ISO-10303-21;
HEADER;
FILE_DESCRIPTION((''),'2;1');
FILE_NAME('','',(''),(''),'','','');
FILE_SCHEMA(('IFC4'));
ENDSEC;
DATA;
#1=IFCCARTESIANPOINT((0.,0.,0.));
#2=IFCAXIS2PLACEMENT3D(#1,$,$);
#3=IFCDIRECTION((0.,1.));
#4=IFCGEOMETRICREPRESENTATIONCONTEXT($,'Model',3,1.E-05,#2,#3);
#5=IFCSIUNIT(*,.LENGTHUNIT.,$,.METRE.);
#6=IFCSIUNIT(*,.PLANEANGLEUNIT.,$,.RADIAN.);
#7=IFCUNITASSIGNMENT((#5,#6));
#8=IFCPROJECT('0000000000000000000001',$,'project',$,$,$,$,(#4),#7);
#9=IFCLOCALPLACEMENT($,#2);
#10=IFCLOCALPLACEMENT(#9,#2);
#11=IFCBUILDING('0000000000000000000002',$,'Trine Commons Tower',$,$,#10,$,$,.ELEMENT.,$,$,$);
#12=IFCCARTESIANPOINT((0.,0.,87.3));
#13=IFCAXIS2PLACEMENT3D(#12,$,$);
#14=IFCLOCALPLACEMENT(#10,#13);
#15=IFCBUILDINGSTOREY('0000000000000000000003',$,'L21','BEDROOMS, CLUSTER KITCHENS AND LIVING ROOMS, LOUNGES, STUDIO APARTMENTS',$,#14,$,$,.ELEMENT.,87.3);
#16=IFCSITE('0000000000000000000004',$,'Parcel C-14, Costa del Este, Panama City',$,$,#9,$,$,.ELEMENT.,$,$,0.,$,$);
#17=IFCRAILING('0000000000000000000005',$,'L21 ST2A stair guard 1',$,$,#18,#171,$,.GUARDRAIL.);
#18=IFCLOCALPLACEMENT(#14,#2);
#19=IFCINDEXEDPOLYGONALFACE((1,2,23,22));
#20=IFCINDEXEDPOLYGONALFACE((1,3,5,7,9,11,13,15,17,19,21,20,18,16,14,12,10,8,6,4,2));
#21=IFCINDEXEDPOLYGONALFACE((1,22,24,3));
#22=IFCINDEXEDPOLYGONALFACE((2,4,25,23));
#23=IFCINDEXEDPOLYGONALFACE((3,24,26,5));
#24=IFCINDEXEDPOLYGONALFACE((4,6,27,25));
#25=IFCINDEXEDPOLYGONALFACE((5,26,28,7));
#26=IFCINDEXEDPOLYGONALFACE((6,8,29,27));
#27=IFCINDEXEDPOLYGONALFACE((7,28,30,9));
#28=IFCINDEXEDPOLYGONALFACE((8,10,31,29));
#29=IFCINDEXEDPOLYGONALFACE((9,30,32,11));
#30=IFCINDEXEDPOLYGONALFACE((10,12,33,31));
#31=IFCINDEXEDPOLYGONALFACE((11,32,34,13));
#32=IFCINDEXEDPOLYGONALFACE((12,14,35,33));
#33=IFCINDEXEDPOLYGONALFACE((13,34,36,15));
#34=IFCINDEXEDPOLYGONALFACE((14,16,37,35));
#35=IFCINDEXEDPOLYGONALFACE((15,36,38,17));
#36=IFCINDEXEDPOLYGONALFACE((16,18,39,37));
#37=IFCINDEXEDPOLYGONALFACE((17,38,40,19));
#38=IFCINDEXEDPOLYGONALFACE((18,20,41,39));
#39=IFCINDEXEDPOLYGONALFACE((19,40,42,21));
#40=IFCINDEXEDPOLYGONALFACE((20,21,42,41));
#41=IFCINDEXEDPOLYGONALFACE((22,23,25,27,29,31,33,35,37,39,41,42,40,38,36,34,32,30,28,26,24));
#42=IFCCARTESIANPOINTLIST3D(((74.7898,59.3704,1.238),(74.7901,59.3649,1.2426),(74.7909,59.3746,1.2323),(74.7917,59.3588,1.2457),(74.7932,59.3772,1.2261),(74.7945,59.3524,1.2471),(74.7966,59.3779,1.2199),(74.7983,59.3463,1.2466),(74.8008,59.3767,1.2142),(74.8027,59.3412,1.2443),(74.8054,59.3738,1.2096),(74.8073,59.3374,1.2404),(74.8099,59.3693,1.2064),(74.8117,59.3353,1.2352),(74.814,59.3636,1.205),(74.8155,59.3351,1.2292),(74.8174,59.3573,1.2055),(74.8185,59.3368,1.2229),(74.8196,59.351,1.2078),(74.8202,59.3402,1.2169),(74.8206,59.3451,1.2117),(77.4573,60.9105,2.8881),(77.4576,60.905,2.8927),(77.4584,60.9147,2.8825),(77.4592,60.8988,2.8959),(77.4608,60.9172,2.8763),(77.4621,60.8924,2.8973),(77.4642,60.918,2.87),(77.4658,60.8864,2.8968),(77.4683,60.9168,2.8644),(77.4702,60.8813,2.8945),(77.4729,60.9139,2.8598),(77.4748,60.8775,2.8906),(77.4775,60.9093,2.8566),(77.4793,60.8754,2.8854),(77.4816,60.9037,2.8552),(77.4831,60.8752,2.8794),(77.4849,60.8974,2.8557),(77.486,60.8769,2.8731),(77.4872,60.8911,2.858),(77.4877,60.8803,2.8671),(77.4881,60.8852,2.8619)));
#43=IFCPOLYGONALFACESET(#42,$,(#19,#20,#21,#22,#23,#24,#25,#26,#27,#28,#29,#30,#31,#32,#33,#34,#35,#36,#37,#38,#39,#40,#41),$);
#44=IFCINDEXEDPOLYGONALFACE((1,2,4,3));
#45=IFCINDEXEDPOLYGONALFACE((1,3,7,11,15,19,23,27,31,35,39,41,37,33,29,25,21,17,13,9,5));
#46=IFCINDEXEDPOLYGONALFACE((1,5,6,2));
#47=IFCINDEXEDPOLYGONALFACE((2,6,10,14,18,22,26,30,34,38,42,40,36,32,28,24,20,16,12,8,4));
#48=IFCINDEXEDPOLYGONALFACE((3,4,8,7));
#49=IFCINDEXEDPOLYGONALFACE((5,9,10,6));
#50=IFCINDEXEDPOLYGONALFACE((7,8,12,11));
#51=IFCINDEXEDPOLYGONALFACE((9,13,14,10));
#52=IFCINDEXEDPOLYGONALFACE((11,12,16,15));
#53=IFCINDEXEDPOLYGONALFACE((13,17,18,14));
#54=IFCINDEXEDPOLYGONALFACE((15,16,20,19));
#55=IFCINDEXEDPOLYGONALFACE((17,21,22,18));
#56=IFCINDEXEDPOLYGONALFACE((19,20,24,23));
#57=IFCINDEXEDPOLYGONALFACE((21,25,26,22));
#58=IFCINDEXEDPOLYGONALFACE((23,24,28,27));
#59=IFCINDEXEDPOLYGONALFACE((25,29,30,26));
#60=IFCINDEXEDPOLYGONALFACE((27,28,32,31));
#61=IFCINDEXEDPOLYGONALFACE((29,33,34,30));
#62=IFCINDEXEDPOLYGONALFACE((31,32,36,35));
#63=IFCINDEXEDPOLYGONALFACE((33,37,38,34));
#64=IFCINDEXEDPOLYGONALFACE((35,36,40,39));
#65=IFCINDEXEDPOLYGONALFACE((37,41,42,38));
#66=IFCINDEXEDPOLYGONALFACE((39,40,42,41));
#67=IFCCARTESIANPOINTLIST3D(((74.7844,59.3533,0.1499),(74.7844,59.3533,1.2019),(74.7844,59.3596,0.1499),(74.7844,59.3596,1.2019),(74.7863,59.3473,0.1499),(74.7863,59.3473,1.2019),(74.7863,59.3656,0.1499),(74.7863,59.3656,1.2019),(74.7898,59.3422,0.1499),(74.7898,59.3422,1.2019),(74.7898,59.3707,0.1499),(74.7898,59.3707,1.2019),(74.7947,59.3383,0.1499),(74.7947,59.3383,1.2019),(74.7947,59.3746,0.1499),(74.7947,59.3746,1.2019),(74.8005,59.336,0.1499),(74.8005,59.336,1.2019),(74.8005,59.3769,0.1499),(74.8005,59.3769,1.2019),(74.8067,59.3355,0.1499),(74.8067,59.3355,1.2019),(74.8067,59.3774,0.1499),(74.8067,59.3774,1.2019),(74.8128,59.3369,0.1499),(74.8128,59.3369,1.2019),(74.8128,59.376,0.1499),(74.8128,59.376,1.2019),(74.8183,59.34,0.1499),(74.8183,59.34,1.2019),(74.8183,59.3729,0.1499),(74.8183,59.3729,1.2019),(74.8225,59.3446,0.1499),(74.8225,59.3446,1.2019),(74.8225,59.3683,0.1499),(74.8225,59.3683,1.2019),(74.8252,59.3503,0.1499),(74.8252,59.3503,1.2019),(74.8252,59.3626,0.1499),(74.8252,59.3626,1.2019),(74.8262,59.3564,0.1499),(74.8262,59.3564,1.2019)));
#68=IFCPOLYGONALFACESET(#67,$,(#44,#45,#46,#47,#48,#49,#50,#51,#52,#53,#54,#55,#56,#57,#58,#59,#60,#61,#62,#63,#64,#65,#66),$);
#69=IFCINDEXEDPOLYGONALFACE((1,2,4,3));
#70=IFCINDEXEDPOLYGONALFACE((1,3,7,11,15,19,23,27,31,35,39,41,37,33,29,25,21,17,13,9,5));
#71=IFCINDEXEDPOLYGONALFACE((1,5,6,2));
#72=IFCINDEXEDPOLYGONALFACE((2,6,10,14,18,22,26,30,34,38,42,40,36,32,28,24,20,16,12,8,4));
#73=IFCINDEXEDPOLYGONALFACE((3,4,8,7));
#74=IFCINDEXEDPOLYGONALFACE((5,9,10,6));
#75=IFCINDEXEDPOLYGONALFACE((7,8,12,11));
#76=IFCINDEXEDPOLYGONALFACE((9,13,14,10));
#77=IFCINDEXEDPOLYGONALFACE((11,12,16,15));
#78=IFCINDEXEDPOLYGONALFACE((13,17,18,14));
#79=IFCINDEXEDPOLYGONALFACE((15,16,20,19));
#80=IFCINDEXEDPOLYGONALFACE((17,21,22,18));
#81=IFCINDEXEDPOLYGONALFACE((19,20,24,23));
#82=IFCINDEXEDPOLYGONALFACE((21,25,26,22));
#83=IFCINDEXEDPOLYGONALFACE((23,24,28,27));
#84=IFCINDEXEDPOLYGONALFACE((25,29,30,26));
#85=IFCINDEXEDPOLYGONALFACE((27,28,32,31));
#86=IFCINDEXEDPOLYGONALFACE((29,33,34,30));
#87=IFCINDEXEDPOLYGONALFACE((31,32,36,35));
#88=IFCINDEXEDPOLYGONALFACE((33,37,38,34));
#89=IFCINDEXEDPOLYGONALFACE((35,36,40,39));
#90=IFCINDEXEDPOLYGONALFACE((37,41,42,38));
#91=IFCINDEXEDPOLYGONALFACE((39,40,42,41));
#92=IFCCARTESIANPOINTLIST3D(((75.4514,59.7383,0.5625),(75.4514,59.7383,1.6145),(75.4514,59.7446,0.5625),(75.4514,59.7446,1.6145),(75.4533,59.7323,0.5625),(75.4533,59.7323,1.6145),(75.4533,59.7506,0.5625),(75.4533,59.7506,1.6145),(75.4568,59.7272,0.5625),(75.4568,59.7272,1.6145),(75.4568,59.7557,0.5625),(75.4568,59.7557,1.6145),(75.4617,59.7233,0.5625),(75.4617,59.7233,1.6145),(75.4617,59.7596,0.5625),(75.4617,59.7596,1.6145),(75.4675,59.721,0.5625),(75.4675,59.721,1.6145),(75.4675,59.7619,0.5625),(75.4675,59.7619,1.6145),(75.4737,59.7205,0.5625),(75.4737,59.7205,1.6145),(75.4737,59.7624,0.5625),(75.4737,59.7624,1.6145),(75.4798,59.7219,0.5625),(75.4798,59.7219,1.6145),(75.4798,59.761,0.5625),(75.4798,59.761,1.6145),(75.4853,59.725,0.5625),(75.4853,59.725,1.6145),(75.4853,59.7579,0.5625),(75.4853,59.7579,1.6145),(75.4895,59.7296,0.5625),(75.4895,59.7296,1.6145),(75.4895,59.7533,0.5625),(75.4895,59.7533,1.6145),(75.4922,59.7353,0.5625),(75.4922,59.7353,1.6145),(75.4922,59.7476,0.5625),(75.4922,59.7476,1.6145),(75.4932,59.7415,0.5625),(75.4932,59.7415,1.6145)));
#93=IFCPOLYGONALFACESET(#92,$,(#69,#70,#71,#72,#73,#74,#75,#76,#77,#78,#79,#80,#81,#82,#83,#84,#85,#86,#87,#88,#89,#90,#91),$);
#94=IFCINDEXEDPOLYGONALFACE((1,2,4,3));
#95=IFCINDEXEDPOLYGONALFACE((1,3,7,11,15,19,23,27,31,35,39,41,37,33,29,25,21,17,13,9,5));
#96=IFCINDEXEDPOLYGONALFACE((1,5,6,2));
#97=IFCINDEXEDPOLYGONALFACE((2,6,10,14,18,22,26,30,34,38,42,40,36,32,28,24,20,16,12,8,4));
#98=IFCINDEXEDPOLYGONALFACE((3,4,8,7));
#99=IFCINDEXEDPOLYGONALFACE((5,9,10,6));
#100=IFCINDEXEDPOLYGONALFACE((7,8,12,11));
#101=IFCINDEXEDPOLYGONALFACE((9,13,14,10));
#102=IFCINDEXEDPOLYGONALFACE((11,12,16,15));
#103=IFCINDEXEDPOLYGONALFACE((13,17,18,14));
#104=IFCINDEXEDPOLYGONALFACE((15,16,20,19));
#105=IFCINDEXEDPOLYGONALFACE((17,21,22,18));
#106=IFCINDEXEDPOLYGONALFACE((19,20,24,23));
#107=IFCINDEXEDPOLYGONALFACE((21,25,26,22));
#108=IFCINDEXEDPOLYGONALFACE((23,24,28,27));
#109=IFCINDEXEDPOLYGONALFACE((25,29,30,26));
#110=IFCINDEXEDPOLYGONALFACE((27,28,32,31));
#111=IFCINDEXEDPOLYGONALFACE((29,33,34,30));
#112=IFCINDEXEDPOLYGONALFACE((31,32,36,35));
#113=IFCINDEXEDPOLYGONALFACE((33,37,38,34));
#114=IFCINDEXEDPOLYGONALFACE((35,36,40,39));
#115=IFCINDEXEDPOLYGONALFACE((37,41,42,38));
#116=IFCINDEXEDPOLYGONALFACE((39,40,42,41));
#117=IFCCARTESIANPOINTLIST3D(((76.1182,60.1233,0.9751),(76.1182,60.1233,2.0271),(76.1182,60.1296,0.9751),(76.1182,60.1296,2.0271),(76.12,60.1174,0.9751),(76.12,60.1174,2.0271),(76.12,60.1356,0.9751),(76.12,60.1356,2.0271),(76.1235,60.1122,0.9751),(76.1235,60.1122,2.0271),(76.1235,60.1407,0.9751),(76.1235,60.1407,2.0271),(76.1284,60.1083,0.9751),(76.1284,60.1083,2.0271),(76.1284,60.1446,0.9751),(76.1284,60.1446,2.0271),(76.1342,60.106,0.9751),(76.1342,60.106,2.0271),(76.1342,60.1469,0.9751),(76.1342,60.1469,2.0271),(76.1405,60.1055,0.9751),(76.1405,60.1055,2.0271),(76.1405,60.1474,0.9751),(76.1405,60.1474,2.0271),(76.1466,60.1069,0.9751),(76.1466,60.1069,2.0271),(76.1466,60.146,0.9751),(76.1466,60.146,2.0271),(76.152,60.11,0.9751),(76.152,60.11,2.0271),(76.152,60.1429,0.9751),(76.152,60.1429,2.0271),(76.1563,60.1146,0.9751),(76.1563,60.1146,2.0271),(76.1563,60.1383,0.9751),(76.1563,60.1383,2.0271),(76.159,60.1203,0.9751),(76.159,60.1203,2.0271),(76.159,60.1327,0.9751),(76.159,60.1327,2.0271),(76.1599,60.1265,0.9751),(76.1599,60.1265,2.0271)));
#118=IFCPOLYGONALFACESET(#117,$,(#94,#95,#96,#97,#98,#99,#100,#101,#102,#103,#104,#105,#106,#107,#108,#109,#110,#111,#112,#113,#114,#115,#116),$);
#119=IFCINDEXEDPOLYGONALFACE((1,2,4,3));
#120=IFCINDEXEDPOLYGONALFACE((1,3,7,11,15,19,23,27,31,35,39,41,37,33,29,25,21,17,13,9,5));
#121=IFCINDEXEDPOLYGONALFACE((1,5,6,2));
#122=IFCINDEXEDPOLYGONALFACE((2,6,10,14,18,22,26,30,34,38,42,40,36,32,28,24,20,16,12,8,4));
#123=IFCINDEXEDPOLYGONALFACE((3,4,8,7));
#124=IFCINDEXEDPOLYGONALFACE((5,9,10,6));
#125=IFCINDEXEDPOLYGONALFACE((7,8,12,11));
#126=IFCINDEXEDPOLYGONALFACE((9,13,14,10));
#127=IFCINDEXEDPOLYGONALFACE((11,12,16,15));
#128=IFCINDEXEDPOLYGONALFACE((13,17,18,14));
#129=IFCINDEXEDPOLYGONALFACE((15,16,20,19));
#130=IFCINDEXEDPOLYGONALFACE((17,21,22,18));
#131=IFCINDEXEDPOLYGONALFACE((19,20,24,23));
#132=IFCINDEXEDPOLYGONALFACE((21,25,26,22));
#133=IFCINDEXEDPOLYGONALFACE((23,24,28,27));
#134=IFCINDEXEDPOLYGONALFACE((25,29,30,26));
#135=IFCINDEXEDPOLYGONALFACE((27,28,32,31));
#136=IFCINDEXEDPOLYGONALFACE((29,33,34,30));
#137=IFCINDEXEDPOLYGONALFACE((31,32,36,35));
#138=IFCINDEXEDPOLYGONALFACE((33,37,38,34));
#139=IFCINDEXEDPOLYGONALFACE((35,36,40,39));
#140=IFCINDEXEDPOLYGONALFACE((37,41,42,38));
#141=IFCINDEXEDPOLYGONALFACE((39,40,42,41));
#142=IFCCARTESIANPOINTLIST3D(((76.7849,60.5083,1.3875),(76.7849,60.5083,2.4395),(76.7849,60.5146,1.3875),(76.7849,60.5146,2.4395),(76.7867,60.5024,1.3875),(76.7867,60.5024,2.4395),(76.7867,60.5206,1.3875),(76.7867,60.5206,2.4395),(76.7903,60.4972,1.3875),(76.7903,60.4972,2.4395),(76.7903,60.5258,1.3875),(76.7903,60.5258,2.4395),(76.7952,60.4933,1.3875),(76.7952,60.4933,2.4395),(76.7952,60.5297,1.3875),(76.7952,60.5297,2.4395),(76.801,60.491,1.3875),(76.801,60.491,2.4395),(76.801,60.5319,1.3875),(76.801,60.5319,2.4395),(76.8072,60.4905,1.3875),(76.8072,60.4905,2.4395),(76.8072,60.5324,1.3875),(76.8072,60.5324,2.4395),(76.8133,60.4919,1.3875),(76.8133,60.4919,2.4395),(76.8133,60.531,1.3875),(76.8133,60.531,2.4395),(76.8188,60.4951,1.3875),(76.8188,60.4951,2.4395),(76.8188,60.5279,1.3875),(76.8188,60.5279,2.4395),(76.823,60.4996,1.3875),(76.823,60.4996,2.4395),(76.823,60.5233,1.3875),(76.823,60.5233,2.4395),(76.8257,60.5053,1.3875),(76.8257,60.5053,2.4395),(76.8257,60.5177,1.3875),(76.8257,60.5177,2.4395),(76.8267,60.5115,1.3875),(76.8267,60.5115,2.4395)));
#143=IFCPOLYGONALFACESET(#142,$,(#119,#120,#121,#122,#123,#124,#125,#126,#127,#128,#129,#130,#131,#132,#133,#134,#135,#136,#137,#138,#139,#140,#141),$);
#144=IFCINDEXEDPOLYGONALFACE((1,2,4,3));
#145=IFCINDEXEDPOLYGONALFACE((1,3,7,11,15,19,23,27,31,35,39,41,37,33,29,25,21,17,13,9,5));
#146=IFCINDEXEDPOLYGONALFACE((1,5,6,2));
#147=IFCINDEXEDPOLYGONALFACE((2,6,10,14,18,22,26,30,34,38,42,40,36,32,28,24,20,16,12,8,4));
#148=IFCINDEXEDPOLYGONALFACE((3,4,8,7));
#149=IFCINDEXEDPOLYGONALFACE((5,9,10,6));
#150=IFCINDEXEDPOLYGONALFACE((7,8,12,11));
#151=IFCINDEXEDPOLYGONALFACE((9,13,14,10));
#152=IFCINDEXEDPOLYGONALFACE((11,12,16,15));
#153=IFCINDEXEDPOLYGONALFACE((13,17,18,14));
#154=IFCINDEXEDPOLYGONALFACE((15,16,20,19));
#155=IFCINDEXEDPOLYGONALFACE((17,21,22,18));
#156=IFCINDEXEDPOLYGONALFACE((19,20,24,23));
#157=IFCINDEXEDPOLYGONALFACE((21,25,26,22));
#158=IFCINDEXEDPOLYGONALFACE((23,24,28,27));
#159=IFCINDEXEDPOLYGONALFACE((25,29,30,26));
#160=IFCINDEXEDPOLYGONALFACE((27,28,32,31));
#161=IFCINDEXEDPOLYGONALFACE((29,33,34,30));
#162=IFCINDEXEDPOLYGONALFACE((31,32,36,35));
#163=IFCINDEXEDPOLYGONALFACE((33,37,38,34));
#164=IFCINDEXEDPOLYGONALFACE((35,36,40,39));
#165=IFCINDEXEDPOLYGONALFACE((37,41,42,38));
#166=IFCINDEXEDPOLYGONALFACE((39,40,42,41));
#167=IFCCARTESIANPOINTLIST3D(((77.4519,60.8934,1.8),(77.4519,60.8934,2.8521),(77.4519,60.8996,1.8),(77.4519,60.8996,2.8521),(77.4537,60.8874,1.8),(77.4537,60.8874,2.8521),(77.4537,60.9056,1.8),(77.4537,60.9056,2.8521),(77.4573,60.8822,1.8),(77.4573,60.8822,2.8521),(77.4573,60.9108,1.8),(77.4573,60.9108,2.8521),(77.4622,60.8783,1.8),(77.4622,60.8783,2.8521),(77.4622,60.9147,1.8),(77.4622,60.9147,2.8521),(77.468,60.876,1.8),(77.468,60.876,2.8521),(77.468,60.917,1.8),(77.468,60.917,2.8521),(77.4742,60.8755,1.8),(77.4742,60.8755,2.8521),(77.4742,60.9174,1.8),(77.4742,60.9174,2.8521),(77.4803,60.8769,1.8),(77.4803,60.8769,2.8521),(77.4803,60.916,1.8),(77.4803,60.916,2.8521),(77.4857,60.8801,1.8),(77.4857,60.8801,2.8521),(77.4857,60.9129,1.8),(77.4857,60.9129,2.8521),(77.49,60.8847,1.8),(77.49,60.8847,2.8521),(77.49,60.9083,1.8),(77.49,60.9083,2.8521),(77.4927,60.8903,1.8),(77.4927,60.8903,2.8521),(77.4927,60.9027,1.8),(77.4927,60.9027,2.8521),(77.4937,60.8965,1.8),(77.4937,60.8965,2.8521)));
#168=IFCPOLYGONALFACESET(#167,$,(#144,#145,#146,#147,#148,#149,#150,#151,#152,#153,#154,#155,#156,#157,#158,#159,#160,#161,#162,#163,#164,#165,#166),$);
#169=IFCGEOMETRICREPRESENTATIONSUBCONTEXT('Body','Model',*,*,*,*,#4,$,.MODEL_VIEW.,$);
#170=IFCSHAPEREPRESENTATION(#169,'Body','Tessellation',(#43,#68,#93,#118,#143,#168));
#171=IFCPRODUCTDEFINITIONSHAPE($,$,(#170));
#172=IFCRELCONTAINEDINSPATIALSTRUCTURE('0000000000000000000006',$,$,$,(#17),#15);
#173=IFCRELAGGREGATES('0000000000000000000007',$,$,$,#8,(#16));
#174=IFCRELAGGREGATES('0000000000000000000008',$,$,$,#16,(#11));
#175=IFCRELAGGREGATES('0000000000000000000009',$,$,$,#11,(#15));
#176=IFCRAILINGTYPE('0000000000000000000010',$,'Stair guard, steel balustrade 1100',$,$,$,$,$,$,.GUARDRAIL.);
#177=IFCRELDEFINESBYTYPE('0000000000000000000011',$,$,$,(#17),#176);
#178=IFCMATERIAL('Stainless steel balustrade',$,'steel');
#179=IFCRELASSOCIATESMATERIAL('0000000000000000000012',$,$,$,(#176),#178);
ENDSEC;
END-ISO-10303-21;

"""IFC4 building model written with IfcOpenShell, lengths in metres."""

from ifc_helpers import new_model, si_unit, direction, frame, origin, origin_2d, place, context, subcontext, project, spatial, circle, extrude, material, type_object, element, save


model = new_model("IFC4")

# Units and contexts
model_context = context("Model", 3, precision=1e-05, world=origin(), true_north=direction((0.0, 1.0)))
body_context = subcontext(model_context, "Body", "Model", "MODEL_VIEW")
ifc_project = project(units=[si_unit("LENGTHUNIT", "METRE"), si_unit("PLANEANGLEUNIT", "RADIAN")], contexts=[model_context])

# Site, building, storey
site_placement = place(None, origin())
site = spatial("IfcSite", under=ifc_project, at=site_placement, Name="Parcel C-14, Costa del Este, Panama City", CompositionType="ELEMENT", RefElevation=0.0)
building_placement = place(site_placement, origin())
building = spatial("IfcBuilding", under=site, at=building_placement, Name="Trine Commons Tower", CompositionType="ELEMENT")
storey_placement = place(building_placement, frame((0.0, 0.0, 87.3)))
storey = spatial("IfcBuildingStorey", under=building, at=storey_placement, Name="L21", Description="BEDROOMS, CLUSTER KITCHENS AND LIVING ROOMS, LOUNGES, STUDIO APARTMENTS", CompositionType="ELEMENT", Elevation=87.3)

# Railing
ifc_material_1 = material(Name="Stainless steel balustrade", Category="steel")
railing_type_1 = type_object("IfcRailingType", Name="Stair guard, steel balustrade 1100", PredefinedType="GUARDRAIL", material=ifc_material_1)
railing_1_placement = place(storey_placement, frame((74.8052, 59.3564, 0.1499)))
element("IfcRailing", 1, at=railing_1_placement, inside=storey, type_object=railing_type_1, Name="L21 ST2A stair guard 1", PredefinedType="GUARDRAIL", context=body_context, shape_type="SweptSolid", body=[
    extrude(circle(Radius=0.0239, at=origin_2d()), frame((0.0, 0.0, 1.0762), z_axis=(0.76338, 0.440728, 0.472239), x_axis=(-0.499992, 0.86603, 0.0)), (0.0, 0.0, 1.0), 3.4944),
    extrude(circle(Radius=0.021, at=origin_2d()), origin(), (0.0, 0.0, 1.0), 1.052),
    extrude(circle(Radius=0.021, at=origin_2d()), frame((0.667, 0.385, 0.4126)), (0.0, 0.0, 1.0), 1.052),
    extrude(circle(Radius=0.021, at=origin_2d()), frame((1.3337, 0.77, 0.8252)), (0.0, 0.0, 1.0), 1.052),
    extrude(circle(Radius=0.021, at=origin_2d()), frame((2.0005, 1.155, 1.2375)), (0.0, 0.0, 1.0), 1.052),
    extrude(circle(Radius=0.021, at=origin_2d()), frame((2.6675, 1.54, 1.6501)), (0.0, 0.0, 1.0), 1.052),
])

save(model, "model.ifc")
